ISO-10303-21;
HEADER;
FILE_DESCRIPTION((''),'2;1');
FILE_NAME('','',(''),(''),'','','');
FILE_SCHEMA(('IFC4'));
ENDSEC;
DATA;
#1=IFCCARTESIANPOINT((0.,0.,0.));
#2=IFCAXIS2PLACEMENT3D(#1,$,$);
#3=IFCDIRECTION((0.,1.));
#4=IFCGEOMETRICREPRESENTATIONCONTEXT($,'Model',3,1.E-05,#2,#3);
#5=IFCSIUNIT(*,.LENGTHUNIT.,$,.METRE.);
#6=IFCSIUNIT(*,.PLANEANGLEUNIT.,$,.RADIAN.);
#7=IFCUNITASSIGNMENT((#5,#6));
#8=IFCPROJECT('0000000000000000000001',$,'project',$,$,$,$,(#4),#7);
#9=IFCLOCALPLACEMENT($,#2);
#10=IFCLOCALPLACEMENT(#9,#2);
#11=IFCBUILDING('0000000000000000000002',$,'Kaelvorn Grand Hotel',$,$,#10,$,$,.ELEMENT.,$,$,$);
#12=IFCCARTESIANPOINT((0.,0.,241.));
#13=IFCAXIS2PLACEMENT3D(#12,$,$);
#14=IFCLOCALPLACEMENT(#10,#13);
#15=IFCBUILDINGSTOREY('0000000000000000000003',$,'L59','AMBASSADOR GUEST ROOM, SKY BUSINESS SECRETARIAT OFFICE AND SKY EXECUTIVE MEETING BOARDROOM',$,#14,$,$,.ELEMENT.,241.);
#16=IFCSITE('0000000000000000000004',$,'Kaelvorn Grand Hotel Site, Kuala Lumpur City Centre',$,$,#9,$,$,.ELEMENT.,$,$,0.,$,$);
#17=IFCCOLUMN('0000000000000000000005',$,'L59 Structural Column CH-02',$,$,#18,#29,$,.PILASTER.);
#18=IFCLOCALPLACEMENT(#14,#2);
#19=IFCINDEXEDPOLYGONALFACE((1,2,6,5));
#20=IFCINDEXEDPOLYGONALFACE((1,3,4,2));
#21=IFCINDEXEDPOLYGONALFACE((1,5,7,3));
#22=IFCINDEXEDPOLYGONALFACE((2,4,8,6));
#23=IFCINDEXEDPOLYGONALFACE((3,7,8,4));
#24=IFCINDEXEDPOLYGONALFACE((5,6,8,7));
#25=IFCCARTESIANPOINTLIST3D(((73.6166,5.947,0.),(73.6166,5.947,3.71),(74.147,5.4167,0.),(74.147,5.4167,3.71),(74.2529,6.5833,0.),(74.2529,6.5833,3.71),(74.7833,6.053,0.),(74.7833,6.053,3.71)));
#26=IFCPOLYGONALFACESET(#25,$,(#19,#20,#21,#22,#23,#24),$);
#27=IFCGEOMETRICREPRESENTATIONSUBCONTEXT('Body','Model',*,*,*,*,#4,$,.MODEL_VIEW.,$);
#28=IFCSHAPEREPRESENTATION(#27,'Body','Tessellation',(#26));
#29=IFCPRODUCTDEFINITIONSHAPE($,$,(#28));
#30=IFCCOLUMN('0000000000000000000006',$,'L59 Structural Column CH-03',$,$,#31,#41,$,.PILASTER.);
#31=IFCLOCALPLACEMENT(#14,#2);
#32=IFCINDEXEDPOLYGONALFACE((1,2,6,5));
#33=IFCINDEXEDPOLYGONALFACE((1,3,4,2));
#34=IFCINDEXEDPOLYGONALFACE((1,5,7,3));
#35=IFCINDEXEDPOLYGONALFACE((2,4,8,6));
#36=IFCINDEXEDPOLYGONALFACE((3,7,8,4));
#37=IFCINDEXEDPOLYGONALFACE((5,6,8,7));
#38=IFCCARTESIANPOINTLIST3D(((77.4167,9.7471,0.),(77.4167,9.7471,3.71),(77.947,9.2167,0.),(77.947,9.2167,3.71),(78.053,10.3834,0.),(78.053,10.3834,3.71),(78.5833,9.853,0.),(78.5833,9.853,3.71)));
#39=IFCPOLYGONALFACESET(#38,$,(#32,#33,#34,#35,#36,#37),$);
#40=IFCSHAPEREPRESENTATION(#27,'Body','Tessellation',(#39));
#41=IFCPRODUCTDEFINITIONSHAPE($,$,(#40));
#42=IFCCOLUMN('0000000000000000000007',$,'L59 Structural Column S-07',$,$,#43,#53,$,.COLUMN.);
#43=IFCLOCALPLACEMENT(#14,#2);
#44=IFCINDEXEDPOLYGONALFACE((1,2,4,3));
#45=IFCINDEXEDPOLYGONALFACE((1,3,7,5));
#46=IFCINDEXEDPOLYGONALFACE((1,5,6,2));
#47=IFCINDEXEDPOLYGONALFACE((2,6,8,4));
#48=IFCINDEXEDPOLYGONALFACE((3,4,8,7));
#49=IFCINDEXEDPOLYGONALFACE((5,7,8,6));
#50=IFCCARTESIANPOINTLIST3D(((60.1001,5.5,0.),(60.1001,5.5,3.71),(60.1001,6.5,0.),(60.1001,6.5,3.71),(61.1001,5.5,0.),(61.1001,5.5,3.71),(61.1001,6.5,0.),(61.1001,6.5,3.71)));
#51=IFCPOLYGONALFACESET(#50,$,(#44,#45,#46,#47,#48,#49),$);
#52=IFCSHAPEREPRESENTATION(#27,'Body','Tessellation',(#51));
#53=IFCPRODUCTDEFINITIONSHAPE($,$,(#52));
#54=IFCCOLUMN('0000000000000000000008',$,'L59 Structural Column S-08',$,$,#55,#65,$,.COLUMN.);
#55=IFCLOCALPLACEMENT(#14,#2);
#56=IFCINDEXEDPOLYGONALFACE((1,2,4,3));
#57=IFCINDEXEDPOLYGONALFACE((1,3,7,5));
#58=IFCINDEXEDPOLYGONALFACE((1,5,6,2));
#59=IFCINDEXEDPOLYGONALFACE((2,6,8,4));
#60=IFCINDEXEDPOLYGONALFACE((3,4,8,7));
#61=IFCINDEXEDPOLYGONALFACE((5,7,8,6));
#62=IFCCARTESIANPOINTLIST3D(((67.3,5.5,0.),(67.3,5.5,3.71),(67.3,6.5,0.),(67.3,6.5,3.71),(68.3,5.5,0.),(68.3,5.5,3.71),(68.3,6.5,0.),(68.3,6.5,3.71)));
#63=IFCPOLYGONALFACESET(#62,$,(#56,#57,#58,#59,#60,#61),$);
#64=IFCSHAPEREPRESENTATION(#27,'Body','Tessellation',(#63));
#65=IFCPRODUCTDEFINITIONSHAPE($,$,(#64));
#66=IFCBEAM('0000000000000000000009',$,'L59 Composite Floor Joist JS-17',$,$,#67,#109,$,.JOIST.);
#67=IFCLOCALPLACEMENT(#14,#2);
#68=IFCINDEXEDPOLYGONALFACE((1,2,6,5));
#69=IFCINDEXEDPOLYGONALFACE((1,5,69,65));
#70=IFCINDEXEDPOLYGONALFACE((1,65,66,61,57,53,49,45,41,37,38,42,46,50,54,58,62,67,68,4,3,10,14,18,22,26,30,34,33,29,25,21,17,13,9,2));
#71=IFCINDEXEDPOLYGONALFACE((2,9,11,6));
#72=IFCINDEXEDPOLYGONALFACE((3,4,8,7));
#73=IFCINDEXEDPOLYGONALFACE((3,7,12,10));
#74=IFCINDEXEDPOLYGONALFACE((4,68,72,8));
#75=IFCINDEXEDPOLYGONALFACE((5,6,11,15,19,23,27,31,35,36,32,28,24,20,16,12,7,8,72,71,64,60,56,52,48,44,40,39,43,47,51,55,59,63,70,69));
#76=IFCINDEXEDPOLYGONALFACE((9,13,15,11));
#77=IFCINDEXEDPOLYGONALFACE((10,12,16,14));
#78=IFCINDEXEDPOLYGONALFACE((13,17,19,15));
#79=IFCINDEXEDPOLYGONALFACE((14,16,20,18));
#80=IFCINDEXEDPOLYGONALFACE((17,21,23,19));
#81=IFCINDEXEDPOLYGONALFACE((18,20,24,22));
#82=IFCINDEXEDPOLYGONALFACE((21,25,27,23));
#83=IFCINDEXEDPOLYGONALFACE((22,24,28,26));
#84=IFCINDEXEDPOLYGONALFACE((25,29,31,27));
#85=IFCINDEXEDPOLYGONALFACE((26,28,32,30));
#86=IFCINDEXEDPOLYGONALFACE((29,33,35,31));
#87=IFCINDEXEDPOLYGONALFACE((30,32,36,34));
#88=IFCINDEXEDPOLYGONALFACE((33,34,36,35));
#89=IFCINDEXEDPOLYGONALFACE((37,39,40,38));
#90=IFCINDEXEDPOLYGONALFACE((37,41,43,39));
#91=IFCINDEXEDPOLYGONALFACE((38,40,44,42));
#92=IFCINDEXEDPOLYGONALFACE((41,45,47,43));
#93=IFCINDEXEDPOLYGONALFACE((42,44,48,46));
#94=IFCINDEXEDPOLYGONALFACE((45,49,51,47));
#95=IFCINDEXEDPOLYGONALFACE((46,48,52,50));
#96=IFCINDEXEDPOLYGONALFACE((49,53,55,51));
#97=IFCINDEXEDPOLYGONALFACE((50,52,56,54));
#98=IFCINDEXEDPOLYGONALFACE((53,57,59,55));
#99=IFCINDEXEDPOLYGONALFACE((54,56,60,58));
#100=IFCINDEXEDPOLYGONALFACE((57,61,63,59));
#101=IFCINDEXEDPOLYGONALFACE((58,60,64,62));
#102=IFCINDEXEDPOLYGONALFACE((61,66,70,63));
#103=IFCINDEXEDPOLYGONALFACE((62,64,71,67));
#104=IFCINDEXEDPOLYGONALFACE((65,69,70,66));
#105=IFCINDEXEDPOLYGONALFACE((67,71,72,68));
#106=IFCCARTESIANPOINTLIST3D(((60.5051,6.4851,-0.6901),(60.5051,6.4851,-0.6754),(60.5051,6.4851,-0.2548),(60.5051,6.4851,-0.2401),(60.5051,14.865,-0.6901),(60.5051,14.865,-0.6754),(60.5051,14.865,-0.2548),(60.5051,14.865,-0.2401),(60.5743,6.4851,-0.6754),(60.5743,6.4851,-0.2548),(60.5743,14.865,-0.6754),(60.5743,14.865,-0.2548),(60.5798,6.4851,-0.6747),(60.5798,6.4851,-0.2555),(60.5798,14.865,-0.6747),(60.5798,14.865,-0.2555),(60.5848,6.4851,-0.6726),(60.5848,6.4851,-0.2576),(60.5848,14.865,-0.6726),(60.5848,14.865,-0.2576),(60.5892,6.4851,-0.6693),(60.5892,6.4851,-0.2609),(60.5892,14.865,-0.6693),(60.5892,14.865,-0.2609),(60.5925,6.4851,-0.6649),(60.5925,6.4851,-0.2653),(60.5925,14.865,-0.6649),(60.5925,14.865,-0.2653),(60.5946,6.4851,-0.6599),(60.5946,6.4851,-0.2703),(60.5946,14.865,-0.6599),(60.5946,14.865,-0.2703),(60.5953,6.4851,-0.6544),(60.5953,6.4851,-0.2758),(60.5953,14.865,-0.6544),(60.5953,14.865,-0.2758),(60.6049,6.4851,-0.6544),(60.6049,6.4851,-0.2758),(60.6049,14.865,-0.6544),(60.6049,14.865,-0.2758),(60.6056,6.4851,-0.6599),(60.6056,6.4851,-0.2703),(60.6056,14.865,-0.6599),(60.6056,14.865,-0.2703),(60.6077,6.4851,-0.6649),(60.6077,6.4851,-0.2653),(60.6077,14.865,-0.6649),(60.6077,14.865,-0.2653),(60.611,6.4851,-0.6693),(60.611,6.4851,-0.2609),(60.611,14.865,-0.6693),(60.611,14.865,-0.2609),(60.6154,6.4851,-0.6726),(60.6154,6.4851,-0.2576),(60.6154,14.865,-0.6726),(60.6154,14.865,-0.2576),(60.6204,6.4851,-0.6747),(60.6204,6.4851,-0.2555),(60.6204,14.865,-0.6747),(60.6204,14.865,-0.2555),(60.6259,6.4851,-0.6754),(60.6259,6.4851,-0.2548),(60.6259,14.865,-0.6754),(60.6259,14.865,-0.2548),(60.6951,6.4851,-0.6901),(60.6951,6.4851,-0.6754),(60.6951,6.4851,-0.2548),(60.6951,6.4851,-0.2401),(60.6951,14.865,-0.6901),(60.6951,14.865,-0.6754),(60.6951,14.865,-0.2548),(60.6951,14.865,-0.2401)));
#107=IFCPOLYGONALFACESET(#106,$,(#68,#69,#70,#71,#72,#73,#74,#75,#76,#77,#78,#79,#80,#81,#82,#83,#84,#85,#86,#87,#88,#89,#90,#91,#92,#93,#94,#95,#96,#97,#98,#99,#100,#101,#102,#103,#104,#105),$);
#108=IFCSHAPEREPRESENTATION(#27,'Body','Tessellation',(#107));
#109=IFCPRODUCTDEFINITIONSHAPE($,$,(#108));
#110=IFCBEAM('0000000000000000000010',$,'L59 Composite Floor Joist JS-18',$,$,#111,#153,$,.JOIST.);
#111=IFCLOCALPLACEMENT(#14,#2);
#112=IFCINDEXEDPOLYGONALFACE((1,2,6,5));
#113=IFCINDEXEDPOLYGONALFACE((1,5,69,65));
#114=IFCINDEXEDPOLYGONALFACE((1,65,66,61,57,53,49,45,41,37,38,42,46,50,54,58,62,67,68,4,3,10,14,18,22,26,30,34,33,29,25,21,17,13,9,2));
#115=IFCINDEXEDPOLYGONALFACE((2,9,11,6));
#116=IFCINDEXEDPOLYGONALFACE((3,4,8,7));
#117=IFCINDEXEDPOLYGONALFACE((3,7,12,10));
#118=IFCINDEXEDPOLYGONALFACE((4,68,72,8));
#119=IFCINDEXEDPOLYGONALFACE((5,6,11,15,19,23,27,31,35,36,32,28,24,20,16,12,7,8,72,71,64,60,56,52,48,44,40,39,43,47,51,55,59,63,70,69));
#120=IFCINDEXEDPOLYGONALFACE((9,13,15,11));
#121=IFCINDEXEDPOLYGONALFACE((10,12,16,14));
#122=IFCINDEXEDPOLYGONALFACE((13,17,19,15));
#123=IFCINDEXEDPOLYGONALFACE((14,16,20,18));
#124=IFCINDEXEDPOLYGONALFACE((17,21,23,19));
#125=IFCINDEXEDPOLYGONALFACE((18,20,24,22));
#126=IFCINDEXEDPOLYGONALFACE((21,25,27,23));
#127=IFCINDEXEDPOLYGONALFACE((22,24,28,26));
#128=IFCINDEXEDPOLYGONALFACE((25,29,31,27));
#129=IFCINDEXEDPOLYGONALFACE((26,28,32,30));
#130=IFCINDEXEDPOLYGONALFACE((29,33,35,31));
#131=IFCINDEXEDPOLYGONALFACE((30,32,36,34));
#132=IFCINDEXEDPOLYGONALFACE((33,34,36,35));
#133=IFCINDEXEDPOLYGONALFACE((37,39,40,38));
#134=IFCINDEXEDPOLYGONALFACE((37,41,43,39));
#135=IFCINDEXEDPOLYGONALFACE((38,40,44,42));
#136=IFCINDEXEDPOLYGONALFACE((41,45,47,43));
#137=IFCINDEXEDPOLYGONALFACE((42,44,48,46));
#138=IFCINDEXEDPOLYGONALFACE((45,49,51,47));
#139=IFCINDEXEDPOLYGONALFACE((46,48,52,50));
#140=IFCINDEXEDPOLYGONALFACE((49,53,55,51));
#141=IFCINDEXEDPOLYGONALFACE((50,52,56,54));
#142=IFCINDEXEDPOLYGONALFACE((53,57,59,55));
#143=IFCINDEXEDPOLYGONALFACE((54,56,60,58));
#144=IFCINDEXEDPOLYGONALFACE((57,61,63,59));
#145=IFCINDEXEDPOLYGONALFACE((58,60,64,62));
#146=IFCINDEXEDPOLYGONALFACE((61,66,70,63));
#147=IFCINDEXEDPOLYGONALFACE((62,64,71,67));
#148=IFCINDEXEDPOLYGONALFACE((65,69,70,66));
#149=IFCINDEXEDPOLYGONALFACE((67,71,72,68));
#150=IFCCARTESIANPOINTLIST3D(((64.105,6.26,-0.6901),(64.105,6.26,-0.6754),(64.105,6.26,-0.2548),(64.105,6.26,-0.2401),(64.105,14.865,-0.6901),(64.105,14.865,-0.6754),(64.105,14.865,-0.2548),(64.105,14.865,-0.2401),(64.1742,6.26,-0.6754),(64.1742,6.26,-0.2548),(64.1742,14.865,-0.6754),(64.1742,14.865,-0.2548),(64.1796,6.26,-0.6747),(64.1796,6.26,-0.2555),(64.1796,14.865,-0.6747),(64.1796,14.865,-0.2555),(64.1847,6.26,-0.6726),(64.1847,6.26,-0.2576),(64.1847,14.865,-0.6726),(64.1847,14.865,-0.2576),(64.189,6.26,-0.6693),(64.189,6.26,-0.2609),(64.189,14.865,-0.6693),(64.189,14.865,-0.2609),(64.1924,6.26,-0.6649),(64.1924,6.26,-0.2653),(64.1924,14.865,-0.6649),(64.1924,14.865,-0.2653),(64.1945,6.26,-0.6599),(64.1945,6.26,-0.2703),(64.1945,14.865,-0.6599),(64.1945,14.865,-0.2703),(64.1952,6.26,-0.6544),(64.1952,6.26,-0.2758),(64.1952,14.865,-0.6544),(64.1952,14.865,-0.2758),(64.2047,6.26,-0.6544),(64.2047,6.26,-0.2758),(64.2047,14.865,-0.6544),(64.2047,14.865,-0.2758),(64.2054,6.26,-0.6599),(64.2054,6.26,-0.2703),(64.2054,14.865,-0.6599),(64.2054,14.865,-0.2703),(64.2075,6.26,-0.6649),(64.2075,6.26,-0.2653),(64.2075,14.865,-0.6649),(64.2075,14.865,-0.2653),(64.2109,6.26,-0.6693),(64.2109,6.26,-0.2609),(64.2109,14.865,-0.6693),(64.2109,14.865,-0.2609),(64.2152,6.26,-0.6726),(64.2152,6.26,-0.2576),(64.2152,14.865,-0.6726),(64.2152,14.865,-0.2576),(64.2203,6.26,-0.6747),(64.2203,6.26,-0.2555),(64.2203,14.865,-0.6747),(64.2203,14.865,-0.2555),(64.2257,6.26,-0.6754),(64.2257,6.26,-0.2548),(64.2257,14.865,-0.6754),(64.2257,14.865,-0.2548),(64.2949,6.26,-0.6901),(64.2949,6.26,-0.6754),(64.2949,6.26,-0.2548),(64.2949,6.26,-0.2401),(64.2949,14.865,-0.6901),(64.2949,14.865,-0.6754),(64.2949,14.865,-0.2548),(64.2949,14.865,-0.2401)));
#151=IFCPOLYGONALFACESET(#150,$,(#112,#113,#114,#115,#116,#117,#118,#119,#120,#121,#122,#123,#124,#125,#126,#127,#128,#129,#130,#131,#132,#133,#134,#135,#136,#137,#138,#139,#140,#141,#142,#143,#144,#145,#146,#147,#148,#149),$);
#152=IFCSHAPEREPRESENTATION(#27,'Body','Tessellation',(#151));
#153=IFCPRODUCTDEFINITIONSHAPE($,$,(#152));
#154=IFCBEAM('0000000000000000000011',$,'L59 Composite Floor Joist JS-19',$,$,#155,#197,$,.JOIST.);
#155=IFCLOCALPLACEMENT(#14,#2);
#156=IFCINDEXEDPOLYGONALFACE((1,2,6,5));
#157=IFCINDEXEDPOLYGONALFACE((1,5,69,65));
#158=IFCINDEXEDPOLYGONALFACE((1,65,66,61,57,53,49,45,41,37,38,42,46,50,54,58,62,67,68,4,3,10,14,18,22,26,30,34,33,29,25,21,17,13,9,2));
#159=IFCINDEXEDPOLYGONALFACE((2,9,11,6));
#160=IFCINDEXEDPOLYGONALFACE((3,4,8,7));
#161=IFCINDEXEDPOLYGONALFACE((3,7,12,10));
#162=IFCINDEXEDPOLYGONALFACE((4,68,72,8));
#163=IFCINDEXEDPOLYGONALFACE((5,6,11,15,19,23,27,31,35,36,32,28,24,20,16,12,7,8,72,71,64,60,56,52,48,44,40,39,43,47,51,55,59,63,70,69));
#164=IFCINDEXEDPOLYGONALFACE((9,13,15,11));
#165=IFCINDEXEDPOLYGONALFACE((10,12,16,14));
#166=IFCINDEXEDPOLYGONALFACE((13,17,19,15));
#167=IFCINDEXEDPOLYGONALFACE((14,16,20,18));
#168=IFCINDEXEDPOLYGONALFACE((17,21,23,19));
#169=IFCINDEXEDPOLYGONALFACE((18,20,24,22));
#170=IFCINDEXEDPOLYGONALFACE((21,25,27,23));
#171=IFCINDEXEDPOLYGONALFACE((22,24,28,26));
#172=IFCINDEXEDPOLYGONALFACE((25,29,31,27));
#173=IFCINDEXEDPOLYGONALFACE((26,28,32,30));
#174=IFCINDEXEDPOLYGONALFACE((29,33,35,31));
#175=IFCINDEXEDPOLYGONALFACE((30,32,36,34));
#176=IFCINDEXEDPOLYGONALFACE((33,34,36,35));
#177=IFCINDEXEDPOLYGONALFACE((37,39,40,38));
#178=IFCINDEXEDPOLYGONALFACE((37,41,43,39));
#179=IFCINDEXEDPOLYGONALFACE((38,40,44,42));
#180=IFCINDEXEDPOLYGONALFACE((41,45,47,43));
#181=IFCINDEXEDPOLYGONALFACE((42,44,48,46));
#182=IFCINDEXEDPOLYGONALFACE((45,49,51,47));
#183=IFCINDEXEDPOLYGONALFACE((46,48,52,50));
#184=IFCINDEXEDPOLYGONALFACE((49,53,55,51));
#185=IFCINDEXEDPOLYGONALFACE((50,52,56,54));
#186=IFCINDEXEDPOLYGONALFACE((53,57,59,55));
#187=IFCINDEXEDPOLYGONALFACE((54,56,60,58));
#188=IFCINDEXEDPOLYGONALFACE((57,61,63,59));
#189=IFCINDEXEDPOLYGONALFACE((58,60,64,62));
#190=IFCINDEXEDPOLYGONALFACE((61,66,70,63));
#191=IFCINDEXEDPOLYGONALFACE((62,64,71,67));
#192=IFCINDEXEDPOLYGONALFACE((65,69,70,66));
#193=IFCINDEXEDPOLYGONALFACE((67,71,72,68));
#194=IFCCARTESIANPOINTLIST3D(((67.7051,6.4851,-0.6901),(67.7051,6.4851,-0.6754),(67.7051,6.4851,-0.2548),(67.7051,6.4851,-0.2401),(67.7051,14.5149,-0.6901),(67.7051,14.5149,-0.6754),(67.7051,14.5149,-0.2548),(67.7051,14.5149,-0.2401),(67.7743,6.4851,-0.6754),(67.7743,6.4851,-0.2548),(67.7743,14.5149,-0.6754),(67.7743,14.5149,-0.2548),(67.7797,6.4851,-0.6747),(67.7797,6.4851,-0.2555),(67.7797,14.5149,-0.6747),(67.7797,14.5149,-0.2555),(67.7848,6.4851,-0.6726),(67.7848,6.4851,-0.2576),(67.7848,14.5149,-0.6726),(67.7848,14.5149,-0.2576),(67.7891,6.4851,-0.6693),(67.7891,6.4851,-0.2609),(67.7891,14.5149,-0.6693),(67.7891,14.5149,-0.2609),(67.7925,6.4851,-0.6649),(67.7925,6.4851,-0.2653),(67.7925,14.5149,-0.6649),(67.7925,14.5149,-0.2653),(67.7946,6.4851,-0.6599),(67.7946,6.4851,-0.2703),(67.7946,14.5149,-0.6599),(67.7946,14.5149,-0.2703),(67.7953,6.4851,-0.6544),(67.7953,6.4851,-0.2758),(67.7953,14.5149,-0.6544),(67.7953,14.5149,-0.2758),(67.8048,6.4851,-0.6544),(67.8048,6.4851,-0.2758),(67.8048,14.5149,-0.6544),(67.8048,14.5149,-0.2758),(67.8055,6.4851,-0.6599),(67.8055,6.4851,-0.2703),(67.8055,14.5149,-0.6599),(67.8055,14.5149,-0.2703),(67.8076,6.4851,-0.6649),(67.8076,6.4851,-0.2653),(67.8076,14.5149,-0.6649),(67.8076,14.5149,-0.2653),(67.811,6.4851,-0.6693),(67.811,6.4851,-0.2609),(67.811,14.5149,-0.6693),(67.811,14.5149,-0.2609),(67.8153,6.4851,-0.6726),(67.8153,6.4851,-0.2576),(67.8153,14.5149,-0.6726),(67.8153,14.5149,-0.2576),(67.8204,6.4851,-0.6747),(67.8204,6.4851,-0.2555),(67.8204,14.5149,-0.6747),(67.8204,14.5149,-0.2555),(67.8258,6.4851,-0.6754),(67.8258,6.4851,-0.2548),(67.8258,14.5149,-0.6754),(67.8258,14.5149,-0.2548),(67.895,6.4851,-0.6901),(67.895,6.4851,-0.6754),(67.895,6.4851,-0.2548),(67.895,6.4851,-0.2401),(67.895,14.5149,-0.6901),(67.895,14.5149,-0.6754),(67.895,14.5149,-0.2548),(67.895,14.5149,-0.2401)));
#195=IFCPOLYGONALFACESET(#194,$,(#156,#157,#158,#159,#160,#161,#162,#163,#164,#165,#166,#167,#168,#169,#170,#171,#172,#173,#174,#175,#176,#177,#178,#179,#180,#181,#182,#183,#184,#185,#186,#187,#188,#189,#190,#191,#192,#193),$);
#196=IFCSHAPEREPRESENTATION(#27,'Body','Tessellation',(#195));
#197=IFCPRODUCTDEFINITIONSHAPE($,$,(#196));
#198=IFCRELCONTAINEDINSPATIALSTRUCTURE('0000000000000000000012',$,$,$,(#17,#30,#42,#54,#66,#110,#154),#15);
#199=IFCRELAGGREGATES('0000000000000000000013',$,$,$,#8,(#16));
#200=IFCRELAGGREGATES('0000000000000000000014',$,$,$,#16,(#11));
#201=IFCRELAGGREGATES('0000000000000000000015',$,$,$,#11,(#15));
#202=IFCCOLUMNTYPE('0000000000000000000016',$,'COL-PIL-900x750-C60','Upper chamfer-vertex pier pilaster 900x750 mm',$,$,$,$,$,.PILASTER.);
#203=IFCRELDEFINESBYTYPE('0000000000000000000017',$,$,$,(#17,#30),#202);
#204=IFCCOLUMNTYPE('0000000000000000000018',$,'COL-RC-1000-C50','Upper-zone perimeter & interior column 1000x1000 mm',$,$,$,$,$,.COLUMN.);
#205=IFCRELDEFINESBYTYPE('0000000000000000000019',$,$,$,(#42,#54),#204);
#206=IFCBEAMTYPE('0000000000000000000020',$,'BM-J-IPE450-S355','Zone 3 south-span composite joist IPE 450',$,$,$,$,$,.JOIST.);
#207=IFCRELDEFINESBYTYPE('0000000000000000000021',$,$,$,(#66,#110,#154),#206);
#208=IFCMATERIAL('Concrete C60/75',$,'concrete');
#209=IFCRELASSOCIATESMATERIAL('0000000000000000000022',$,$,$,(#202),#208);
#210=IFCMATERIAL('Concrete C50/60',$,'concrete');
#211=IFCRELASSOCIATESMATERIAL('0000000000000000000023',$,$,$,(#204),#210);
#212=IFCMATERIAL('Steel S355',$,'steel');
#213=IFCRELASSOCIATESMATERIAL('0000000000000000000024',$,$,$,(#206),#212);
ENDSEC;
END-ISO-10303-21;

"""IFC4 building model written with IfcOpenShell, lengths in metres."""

from ifc_helpers import new_model, si_unit, direction, frame, origin, origin_2d, place, context, subcontext, project, spatial, rectangle, i_section, extrude, material, material_profile, profile_set, type_object, element, save


model = new_model("IFC4")

# Units and contexts
model_context = context("Model", 3, precision=1e-05, world=origin(), true_north=direction((0.0, 1.0)))
body_context = subcontext(model_context, "Body", "Model", "MODEL_VIEW")
ifc_project = project(units=[si_unit("LENGTHUNIT", "METRE"), si_unit("PLANEANGLEUNIT", "RADIAN")], contexts=[model_context])

# Site, building, storey
site_placement = place(None, origin())
site = spatial("IfcSite", under=ifc_project, at=site_placement, Name="Kaelvorn Grand Hotel Site, Kuala Lumpur City Centre", CompositionType="ELEMENT", RefElevation=0.0)
building_placement = place(site_placement, origin())
building = spatial("IfcBuilding", under=site, at=building_placement, Name="Kaelvorn Grand Hotel", CompositionType="ELEMENT")
storey_placement = place(building_placement, frame((0.0, 0.0, 241.0)))
storey = spatial("IfcBuildingStorey", under=building, at=storey_placement, Name="L59", Description="AMBASSADOR GUEST ROOM, SKY BUSINESS SECRETARIAT OFFICE AND SKY EXECUTIVE MEETING BOARDROOM", CompositionType="ELEMENT", Elevation=241.0)

# Columns
ifc_material_1 = material(Name="Concrete C60/75", Category="concrete")
ifc_material_profile_1 = material_profile(ifc_material_1, rectangle(XDim=0.8999, YDim=0.75, at=origin_2d()), Name="RC PILASTER 900x750")
ifc_profile_set_1 = profile_set([ifc_material_profile_1], Name="Concrete C60/75")
column_type_1 = type_object("IfcColumnType", Name="COL-PIL-900x750-C60", Description="Upper chamfer-vertex pier pilaster 900x750 mm", PredefinedType="PILASTER", material=ifc_profile_set_1)
for number, where, z_axis, x_axis, name in (
    (1, (74.2, 6.0, 0.0), (0.0, 0.0, 1.0), (0.707107, 0.707107, 0.0), "L59 Structural Column CH-02"),
    (2, (78.0, 9.8, 0.0), (0.0, 0.0, 1.0), (0.707107, 0.707107, 0.0), "L59 Structural Column CH-03"),
):
    element("IfcColumn", number, at=place(storey_placement, frame(where, z_axis=z_axis, x_axis=x_axis)), inside=storey, type_object=column_type_1, Name=name, PredefinedType="PILASTER", context=body_context, shape_type="SweptSolid", body=[
        extrude(rectangle(XDim=0.8999, YDim=0.75, at=origin_2d()), origin(), (0.0, 0.0, 1.0), 3.71),
    ])
ifc_material_2 = material(Name="Concrete C50/60", Category="concrete")
ifc_material_profile_2 = material_profile(ifc_material_2, rectangle(XDim=1.0, YDim=1.0, at=origin_2d()), Name="RC COL 1000x1000")
ifc_profile_set_2 = profile_set([ifc_material_profile_2], Name="Concrete C50/60")
column_type_2 = type_object("IfcColumnType", Name="COL-RC-1000-C50", Description="Upper-zone perimeter & interior column 1000x1000 mm", PredefinedType="COLUMN", material=ifc_profile_set_2)
for number, where, z_axis, x_axis, name in (
    (3, (60.6001, 6.0, 0.0), (0.0, 0.0, 1.0), (1.0, 0.0, 0.0), "L59 Structural Column S-07"),
    (4, (67.8, 6.0, 0.0), (0.0, 0.0, 1.0), (1.0, 0.0, 0.0), "L59 Structural Column S-08"),
):
    element("IfcColumn", number, at=place(storey_placement, frame(where, z_axis=z_axis, x_axis=x_axis)), inside=storey, type_object=column_type_2, Name=name, PredefinedType="COLUMN", context=body_context, shape_type="SweptSolid", body=[
        extrude(rectangle(XDim=1.0, YDim=1.0, at=origin_2d()), origin(), (0.0, 0.0, 1.0), 3.71),
    ])

# Beams
ifc_material_3 = material(Name="Steel S355", Category="steel")
ifc_material_profile_3 = material_profile(ifc_material_3, i_section(OverallWidth=0.1899, OverallDepth=0.45, WebThickness=0.0095, FlangeThickness=0.0146, FilletRadius=0.021, at=origin_2d()), Name="IPE 450")
ifc_profile_set_3 = profile_set([ifc_material_profile_3], Name="Steel S355")
beam_type_1 = type_object("IfcBeamType", Name="BM-J-IPE450-S355", Description="Zone 3 south-span composite joist IPE 450", PredefinedType="JOIST", material=ifc_profile_set_3)
beam_1_placement = place(storey_placement, frame((60.6001, 6.4851, -0.4651), z_axis=(0.0, 1.0, 0.0), x_axis=(-1.0, 0.0, 0.0)))
element("IfcBeam", 5, at=beam_1_placement, inside=storey, type_object=beam_type_1, Name="L59 Composite Floor Joist JS-17", PredefinedType="JOIST", context=body_context, shape_type="SweptSolid", body=[
    extrude(i_section(OverallWidth=0.1899, OverallDepth=0.45, WebThickness=0.0095, FlangeThickness=0.0146, FilletRadius=0.021, at=origin_2d()), origin(), (0.0, 0.0, 1.0), 8.3799),
])
beam_2_placement = place(storey_placement, frame((64.2, 6.26, -0.4651), z_axis=(0.0, 1.0, 0.0), x_axis=(-1.0, 0.0, 0.0)))
element("IfcBeam", 6, at=beam_2_placement, inside=storey, type_object=beam_type_1, Name="L59 Composite Floor Joist JS-18", PredefinedType="JOIST", context=body_context, shape_type="SweptSolid", body=[
    extrude(i_section(OverallWidth=0.1899, OverallDepth=0.45, WebThickness=0.0095, FlangeThickness=0.0146, FilletRadius=0.021, at=origin_2d()), origin(), (0.0, 0.0, 1.0), 8.605),
])
beam_3_placement = place(storey_placement, frame((67.8, 6.4851, -0.4651), z_axis=(0.0, 1.0, 0.0), x_axis=(-1.0, 0.0, 0.0)))
element("IfcBeam", 7, at=beam_3_placement, inside=storey, type_object=beam_type_1, Name="L59 Composite Floor Joist JS-19", PredefinedType="JOIST", context=body_context, shape_type="SweptSolid", body=[
    extrude(i_section(OverallWidth=0.1899, OverallDepth=0.45, WebThickness=0.0095, FlangeThickness=0.0146, FilletRadius=0.021, at=origin_2d()), origin(), (0.0, 0.0, 1.0), 8.0298),
])

save(model, "model.ifc")
